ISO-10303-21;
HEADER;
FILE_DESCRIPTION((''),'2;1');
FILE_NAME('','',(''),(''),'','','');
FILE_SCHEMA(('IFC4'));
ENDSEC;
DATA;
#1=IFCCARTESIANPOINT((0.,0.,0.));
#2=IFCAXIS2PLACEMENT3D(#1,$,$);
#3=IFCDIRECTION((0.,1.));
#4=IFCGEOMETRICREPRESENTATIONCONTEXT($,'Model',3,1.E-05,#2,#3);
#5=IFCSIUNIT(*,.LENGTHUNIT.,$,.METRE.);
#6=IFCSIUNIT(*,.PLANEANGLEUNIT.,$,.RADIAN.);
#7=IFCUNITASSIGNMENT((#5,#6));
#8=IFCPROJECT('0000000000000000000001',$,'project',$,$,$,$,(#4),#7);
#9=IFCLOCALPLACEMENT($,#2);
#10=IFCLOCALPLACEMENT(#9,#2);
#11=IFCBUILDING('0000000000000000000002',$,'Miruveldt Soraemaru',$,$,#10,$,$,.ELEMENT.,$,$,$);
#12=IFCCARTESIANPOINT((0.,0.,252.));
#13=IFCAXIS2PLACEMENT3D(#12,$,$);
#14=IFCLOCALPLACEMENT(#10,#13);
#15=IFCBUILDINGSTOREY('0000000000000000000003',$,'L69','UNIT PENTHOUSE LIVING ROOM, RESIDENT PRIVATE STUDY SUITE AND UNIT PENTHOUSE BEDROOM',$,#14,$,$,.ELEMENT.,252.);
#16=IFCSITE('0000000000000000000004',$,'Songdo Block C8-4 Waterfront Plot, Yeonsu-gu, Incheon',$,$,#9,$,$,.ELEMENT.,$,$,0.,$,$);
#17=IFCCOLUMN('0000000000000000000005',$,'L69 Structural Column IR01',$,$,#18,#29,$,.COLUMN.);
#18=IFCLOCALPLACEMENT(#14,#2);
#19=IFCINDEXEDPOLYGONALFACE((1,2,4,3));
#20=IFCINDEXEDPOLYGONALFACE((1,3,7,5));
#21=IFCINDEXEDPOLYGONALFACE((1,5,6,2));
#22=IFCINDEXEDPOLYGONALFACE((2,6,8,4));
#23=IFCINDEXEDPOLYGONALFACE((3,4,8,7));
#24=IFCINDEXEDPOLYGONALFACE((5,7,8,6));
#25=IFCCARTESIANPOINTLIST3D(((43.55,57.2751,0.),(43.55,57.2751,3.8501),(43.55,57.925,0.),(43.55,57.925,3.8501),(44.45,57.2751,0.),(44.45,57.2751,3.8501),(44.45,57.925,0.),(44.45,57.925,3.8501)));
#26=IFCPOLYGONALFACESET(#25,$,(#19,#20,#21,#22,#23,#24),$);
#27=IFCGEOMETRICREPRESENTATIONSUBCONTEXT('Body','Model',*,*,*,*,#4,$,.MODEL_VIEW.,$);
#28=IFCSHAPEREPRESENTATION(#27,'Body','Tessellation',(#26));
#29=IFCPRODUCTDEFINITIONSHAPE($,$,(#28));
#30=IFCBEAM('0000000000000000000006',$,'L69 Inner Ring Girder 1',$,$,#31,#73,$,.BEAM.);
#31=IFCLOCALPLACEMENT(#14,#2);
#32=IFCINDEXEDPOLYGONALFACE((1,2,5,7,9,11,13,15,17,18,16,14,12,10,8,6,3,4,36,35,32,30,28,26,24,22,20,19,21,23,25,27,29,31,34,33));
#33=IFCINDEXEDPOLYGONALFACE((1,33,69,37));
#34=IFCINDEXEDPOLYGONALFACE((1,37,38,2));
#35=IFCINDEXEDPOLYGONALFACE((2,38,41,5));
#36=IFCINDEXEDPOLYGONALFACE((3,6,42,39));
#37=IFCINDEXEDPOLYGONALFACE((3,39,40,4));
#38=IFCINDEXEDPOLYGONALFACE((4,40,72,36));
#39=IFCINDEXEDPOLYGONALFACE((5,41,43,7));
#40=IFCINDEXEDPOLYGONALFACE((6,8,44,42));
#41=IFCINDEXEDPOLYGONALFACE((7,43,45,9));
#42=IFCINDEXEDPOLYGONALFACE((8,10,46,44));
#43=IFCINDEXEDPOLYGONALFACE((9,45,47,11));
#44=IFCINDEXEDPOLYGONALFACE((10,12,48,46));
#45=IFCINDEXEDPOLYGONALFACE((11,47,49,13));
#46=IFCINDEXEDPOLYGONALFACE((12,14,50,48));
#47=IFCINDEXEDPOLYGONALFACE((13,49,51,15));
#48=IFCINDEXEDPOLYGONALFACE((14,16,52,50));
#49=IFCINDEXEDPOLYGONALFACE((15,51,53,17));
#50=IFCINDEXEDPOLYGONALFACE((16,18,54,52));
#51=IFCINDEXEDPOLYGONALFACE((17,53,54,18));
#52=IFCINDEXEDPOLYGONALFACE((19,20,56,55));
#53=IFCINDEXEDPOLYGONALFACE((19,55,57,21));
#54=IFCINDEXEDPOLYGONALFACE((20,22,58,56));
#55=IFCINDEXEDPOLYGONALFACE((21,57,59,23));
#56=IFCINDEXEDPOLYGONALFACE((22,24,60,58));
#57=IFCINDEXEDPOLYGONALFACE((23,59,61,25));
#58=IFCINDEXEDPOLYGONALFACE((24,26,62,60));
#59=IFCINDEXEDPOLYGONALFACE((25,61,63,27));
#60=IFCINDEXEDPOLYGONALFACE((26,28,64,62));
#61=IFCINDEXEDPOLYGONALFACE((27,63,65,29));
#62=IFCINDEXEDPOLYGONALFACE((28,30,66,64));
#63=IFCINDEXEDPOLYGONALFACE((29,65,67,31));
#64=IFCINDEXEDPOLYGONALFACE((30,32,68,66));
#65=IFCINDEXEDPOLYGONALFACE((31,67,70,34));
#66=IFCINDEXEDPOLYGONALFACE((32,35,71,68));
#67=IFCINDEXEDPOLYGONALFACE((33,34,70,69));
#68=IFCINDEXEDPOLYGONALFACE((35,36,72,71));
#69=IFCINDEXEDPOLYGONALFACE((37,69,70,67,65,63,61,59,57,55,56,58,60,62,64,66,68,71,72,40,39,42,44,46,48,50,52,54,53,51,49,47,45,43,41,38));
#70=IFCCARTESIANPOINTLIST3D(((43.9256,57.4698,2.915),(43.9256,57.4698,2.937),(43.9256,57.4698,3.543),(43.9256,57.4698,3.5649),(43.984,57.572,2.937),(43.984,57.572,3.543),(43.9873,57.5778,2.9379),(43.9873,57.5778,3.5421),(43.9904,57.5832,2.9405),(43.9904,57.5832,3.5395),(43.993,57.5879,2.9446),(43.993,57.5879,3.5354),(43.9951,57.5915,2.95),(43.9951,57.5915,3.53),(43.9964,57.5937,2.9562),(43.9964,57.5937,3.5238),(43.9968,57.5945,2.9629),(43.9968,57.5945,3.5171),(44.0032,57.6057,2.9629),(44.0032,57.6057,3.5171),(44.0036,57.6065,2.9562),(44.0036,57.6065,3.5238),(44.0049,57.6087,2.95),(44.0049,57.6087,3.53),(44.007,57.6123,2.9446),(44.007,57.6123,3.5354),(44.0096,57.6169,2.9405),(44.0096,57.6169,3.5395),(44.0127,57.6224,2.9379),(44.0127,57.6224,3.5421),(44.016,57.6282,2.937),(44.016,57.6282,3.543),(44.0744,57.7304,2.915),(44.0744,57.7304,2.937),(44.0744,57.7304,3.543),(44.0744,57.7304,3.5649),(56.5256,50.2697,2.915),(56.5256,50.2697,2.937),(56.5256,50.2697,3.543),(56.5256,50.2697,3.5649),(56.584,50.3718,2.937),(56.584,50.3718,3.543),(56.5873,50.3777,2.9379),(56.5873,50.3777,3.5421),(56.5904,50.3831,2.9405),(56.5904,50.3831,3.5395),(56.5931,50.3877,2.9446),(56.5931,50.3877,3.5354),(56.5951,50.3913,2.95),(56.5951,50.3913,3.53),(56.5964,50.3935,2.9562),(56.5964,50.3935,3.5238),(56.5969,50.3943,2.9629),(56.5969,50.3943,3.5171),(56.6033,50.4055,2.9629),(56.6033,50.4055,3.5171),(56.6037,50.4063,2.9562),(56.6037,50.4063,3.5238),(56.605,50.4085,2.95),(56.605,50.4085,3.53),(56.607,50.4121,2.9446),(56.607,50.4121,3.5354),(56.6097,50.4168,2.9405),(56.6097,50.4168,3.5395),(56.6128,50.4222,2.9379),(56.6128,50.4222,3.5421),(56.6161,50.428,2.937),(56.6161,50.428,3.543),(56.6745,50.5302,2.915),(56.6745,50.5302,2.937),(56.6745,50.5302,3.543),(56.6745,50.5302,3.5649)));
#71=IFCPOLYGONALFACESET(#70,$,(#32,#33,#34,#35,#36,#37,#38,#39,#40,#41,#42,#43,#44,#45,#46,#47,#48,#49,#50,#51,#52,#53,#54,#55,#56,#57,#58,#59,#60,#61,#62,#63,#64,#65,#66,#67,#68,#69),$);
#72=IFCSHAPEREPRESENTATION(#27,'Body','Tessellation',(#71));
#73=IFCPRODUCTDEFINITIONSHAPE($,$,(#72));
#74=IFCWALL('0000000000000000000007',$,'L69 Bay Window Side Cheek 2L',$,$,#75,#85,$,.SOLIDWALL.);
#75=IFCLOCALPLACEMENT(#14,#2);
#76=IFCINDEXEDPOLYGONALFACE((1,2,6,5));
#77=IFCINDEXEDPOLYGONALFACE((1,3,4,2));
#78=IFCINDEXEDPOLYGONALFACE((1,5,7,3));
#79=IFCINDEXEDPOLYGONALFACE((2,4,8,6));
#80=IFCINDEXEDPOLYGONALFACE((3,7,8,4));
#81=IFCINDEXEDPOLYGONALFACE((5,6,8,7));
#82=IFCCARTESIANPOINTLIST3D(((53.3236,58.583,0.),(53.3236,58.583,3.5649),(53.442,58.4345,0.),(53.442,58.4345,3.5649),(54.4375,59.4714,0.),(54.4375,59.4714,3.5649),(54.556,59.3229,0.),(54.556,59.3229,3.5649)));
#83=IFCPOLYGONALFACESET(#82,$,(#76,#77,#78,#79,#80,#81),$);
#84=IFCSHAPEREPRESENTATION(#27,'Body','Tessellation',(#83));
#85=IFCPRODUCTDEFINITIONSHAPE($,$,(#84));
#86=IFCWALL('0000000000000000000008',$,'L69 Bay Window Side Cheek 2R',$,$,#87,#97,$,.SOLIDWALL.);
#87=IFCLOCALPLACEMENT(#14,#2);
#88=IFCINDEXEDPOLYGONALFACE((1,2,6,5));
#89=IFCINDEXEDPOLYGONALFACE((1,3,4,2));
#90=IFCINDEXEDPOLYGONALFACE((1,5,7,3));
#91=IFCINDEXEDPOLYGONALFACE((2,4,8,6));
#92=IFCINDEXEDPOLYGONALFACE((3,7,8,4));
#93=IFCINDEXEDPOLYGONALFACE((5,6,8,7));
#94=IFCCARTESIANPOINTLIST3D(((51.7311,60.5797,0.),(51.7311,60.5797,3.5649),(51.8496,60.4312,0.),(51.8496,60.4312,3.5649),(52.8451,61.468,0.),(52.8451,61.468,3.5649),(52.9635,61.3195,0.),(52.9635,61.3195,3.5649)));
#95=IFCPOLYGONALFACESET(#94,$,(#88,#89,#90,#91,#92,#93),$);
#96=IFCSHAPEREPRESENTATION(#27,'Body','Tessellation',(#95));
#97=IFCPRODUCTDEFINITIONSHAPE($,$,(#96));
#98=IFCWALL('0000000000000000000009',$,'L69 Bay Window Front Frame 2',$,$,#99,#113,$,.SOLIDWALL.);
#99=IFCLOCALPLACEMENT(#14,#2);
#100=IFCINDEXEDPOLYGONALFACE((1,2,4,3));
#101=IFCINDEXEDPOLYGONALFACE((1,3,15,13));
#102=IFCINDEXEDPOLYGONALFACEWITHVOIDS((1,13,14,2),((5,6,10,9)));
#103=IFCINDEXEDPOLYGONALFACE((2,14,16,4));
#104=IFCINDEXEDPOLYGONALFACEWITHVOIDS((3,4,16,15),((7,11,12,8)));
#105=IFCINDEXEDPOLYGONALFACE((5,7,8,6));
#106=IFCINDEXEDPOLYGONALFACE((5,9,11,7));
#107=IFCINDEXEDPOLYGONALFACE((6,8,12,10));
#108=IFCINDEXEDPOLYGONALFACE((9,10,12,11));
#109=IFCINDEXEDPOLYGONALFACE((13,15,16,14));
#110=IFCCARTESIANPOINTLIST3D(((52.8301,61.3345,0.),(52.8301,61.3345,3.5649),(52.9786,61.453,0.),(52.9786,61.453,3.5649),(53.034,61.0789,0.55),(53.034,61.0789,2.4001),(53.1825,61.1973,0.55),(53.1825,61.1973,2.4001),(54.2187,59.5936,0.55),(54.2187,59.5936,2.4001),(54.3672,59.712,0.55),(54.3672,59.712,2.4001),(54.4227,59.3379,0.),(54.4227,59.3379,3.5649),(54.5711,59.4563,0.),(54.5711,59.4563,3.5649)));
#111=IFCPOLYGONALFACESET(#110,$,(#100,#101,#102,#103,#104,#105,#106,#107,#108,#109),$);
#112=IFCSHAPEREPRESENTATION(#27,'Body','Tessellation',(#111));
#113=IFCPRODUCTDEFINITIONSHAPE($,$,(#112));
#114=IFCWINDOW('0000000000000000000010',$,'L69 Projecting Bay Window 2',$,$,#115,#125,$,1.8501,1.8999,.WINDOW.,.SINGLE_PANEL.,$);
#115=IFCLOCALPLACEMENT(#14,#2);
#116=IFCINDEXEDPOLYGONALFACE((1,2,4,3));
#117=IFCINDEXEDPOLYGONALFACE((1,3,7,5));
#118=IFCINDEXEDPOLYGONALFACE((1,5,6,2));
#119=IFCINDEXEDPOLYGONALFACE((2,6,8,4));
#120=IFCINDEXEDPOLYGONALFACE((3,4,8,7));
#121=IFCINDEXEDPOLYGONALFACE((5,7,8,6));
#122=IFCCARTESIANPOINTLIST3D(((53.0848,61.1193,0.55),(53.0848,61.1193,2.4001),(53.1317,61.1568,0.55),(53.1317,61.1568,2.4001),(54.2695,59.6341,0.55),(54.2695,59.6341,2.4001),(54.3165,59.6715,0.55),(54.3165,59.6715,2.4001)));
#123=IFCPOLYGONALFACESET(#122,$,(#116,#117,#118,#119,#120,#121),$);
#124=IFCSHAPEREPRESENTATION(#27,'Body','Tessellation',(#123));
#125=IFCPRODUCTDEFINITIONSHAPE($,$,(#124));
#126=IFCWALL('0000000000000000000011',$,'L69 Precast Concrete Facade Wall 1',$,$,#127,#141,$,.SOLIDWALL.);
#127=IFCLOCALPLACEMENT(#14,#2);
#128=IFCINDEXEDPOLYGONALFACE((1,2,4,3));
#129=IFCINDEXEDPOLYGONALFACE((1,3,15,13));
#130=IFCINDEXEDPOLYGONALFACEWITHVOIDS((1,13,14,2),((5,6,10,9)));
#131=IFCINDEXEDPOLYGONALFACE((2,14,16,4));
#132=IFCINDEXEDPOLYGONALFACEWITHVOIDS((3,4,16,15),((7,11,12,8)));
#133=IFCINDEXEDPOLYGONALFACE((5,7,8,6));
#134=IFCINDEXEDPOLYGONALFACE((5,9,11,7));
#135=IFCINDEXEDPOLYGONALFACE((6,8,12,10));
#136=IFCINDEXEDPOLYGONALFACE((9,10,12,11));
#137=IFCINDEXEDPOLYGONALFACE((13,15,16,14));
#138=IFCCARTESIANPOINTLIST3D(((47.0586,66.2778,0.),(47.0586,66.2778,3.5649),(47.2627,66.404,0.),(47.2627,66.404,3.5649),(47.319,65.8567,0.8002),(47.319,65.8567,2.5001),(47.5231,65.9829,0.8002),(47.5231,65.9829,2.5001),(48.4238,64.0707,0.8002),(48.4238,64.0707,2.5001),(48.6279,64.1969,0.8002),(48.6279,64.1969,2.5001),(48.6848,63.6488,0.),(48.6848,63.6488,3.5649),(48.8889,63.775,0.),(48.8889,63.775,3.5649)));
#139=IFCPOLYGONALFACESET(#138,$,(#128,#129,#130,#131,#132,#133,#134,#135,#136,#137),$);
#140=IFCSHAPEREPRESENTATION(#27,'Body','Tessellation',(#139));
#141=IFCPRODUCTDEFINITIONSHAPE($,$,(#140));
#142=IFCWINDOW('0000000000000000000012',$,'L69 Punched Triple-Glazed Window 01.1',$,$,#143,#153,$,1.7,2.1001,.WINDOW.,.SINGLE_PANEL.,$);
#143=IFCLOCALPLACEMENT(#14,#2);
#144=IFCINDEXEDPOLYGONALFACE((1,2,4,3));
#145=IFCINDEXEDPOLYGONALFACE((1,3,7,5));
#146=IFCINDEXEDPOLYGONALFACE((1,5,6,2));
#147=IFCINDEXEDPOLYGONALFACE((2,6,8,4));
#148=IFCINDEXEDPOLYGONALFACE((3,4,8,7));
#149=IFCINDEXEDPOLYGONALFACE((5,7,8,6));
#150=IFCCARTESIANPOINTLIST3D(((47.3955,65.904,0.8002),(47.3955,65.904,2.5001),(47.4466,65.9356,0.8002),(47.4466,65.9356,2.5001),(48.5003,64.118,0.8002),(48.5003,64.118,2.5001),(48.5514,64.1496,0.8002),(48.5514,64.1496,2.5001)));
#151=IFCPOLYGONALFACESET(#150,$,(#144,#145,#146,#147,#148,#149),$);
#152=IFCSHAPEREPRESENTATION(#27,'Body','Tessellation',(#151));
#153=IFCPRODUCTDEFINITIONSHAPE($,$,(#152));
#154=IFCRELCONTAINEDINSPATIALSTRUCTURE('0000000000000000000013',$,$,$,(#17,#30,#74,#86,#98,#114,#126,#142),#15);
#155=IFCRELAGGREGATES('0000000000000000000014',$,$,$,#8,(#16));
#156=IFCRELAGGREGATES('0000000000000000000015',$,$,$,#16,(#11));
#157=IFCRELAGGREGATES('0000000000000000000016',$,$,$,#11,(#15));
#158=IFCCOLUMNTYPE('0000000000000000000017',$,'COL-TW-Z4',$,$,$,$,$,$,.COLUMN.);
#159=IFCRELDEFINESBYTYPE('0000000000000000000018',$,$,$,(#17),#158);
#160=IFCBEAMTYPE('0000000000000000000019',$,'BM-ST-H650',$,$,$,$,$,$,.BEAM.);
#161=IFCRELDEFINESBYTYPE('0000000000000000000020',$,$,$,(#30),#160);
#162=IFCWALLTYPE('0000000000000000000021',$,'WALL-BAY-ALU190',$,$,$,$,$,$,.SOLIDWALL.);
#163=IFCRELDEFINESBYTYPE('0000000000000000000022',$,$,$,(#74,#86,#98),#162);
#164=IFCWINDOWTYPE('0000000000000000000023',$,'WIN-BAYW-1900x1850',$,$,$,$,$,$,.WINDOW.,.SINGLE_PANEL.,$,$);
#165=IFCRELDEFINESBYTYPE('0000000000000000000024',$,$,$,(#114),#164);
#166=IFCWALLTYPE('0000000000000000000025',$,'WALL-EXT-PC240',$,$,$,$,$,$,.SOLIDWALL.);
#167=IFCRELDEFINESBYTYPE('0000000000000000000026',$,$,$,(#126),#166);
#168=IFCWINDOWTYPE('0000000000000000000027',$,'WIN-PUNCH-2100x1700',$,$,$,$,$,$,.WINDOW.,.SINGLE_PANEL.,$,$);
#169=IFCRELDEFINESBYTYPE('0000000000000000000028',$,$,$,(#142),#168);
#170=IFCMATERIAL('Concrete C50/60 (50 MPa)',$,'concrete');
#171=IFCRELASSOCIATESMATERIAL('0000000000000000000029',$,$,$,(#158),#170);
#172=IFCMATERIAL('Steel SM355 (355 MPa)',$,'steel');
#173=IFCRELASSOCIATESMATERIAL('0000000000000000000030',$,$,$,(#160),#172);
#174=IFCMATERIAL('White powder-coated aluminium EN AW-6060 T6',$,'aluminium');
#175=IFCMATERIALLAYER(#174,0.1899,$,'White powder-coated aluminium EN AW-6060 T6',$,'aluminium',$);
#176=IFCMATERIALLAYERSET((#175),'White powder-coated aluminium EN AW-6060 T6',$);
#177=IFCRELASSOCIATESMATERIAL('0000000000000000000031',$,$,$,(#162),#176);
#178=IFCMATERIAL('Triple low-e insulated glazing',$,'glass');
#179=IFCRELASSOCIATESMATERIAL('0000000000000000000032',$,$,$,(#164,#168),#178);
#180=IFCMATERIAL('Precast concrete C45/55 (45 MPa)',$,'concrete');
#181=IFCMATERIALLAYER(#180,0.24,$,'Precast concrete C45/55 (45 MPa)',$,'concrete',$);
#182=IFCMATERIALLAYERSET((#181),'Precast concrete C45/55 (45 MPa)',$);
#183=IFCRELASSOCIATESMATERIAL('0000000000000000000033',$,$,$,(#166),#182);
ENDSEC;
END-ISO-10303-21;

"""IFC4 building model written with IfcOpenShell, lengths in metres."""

from ifc_helpers import new_model, si_unit, direction, frame, frame_2d, origin, origin_2d, place, context, subcontext, project, spatial, rectangle, i_section, extrude, material, layer, layer_set, material_profile, profile_set, type_object, element, fill, save


model = new_model("IFC4")

# Units and contexts
model_context = context("Model", 3, precision=1e-05, world=origin(), true_north=direction((0.0, 1.0)))
body_context = subcontext(model_context, "Body", "Model", "MODEL_VIEW")
ifc_project = project(units=[si_unit("LENGTHUNIT", "METRE"), si_unit("PLANEANGLEUNIT", "RADIAN")], contexts=[model_context])

# Site, building, storey
site_placement = place(None, origin())
site = spatial("IfcSite", under=ifc_project, at=site_placement, Name="Songdo Block C8-4 Waterfront Plot, Yeonsu-gu, Incheon", CompositionType="ELEMENT", RefElevation=0.0)
building_placement = place(site_placement, origin())
building = spatial("IfcBuilding", under=site, at=building_placement, Name="Miruveldt Soraemaru", CompositionType="ELEMENT")
storey_placement = place(building_placement, frame((0.0, 0.0, 252.0)))
storey = spatial("IfcBuildingStorey", under=building, at=storey_placement, Name="L69", Description="UNIT PENTHOUSE LIVING ROOM, RESIDENT PRIVATE STUDY SUITE AND UNIT PENTHOUSE BEDROOM", CompositionType="ELEMENT", Elevation=252.0)

# Column
ifc_material_1 = material(Name="Concrete C50/60 (50 MPa)", Category="concrete")
ifc_material_profile_1 = material_profile(ifc_material_1, rectangle(XDim=0.8999, YDim=0.6499, at=origin_2d()), Name="Concrete C50/60 (50 MPa)", Category="concrete")
ifc_profile_set_1 = profile_set([ifc_material_profile_1], Name="Concrete C50/60 (50 MPa)")
column_type = type_object("IfcColumnType", Name="COL-TW-Z4", PredefinedType="COLUMN", material=ifc_profile_set_1)
column_placement = place(storey_placement, frame((44.0, 57.6001, 0.0), z_axis=(0.0, 0.0, 1.0), x_axis=(1.0, 0.0, 0.0)))
element("IfcColumn", 1, at=column_placement, inside=storey, type_object=column_type, Name="L69 Structural Column IR01", PredefinedType="COLUMN", context=body_context, shape_type="SweptSolid", body=[
    extrude(rectangle(XDim=0.8999, YDim=0.6499, at=origin_2d()), origin(), (0.0, 0.0, 1.0), 3.8501),
])

# Beam
ifc_material_2 = material(Name="Steel SM355 (355 MPa)", Category="steel")
ifc_material_profile_2 = material_profile(ifc_material_2, i_section(OverallWidth=0.3, OverallDepth=0.6499, WebThickness=0.0129, FlangeThickness=0.022, FilletRadius=0.0259, at=origin_2d()), Name="Steel SM355 (355 MPa)", Category="steel")
ifc_profile_set_2 = profile_set([ifc_material_profile_2], Name="Steel SM355 (355 MPa)")
beam_type = type_object("IfcBeamType", Name="BM-ST-H650", PredefinedType="BEAM", material=ifc_profile_set_2)
beam_placement = place(storey_placement, frame((44.0, 57.6001, 3.24), z_axis=(0.868239, -0.496146, 0.0), x_axis=(0.496146, 0.868239, 0.0)))
element("IfcBeam", 2, at=beam_placement, inside=storey, type_object=beam_type, Name="L69 Inner Ring Girder 1", PredefinedType="BEAM", context=body_context, shape_type="SweptSolid", body=[
    extrude(i_section(OverallWidth=0.3, OverallDepth=0.6499, WebThickness=0.0129, FlangeThickness=0.022, FilletRadius=0.0259, at=origin_2d()), origin(), (0.0, 0.0, 1.0), 14.5122),
])

# Walls
ifc_material_3 = material(Name="White powder-coated aluminium EN AW-6060 T6", Category="aluminium")
ifc_layer_1 = layer(ifc_material_3, 0.1899, Name="White powder-coated aluminium EN AW-6060 T6", Category="aluminium")
ifc_layer_set_1 = layer_set([ifc_layer_1], Name="White powder-coated aluminium EN AW-6060 T6")
wall_type_1 = type_object("IfcWallType", Name="WALL-BAY-ALU190", PredefinedType="SOLIDWALL", material=ifc_layer_set_1)
for number, where, z_axis, x_axis, name in (
    (3, (53.3828, 58.5088, 0.0), (0.0, 0.0, 1.0), (0.781821, 0.623503, 0.0), "L69 Bay Window Side Cheek 2L"),
    (4, (52.9043, 61.3938, 0.0), (0.0, 0.0, 1.0), (-0.781821, -0.623503, 0.0), "L69 Bay Window Side Cheek 2R"),
):
    element("IfcWall", number, at=place(storey_placement, frame(where, z_axis=z_axis, x_axis=x_axis)), inside=storey, type_object=wall_type_1, Name=name, PredefinedType="SOLIDWALL", context=body_context, shape_type="SweptSolid", body=[
        extrude(rectangle(XDim=1.4248, YDim=0.1899, at=frame_2d((0.7124, 0.0))), origin(), (0.0, 0.0, 1.0), 3.5649),
    ])

# Walls, openings, windows
wall_1_placement = place(storey_placement, frame((54.4968, 59.3972, 0.0), z_axis=(0.0, 0.0, 1.0), x_axis=(-0.623564, 0.781773, 0.0)))
wall_1 = element("IfcWall", 5, at=wall_1_placement, inside=storey, type_object=wall_type_1, Name="L69 Bay Window Front Frame 2", PredefinedType="SOLIDWALL", context=body_context, shape_type="SweptSolid", body=[
    extrude(rectangle(XDim=2.554, YDim=0.1899, at=frame_2d((1.2769, 0.0))), origin(), (0.0, 0.0, 1.0), 3.5649),
])
opening_1_placement = place(wall_1_placement, frame((0.3269, 0.0, 0.55)))
opening_1 = element("IfcOpeningElement", 6, at=opening_1_placement, cuts=wall_1, PredefinedType="OPENING", context=body_context, shape_type="SweptSolid", body=[
    extrude(rectangle(XDim=1.8999, YDim=1.8501, at=frame_2d((0.95, 0.925))), frame((0.0, 0.105, 0.0), z_axis=(0.0, -1.0, 0.0), x_axis=(1.0, 0.0, 0.0)), (0.0, 0.0, 1.0), 0.21),
])
ifc_material_4 = material(Name="Triple low-e insulated glazing", Category="glass")
window_type_1 = type_object("IfcWindowType", Name="WIN-BAYW-1900x1850", PartitioningType="SINGLE_PANEL", PredefinedType="WINDOW", material=ifc_material_4)
window_1_placement = place(opening_1_placement, origin())
window_1 = element("IfcWindow", 7, at=window_1_placement, inside=storey, type_object=window_type_1, Name="L69 Projecting Bay Window 2", OverallHeight=1.8501, OverallWidth=1.8999, PartitioningType="SINGLE_PANEL", PredefinedType="WINDOW", context=body_context, shape_type="SweptSolid", body=[
    extrude(rectangle(XDim=1.8999, YDim=1.8501, at=frame_2d((0.95, 0.925))), frame((0.0, 0.03, 0.0), z_axis=(0.0, -1.0, 0.0), x_axis=(1.0, 0.0, 0.0)), (0.0, 0.0, 1.0), 0.0601),
])
fill(opening_1, window_1)
ifc_material_5 = material(Name="Precast concrete C45/55 (45 MPa)", Category="concrete")
ifc_layer_2 = layer(ifc_material_5, 0.24, Name="Precast concrete C45/55 (45 MPa)", Category="concrete")
ifc_layer_set_2 = layer_set([ifc_layer_2], Name="Precast concrete C45/55 (45 MPa)")
wall_type_2 = type_object("IfcWallType", Name="WALL-EXT-PC240", PredefinedType="SOLIDWALL", material=ifc_layer_set_2)
wall_2_placement = place(storey_placement, frame((48.7869, 63.7119, 0.0), z_axis=(0.0, 0.0, 1.0), x_axis=(-0.526075, 0.850438, 0.0)))
wall_2 = element("IfcWall", 8, at=wall_2_placement, inside=storey, type_object=wall_type_2, Name="L69 Precast Concrete Facade Wall 1", PredefinedType="SOLIDWALL", context=body_context, shape_type="SweptSolid", body=[
    extrude(rectangle(XDim=3.0913, YDim=0.24, at=frame_2d((1.5457, 0.0))), origin(), (0.0, 0.0, 1.0), 3.5649),
])
opening_2_placement = place(wall_2_placement, frame((0.4961, 0.0, 0.8)))
opening_2 = element("IfcOpeningElement", 9, at=opening_2_placement, cuts=wall_2, PredefinedType="OPENING", context=body_context, shape_type="SweptSolid", body=[
    extrude(rectangle(XDim=2.1001, YDim=1.7, at=frame_2d((1.05, 0.8501))), frame((0.0, 0.1299, 0.0), z_axis=(0.0, -1.0, 0.0), x_axis=(1.0, 0.0, 0.0)), (0.0, 0.0, 1.0), 0.26),
])
window_type_2 = type_object("IfcWindowType", Name="WIN-PUNCH-2100x1700", PartitioningType="SINGLE_PANEL", PredefinedType="WINDOW", material=ifc_material_4)
window_2_placement = place(opening_2_placement, origin())
window_2 = element("IfcWindow", 10, at=window_2_placement, inside=storey, type_object=window_type_2, Name="L69 Punched Triple-Glazed Window 01.1", OverallHeight=1.7, OverallWidth=2.1001, PartitioningType="SINGLE_PANEL", PredefinedType="WINDOW", context=body_context, shape_type="SweptSolid", body=[
    extrude(rectangle(XDim=2.1001, YDim=1.7, at=frame_2d((1.05, 0.8501))), frame((0.0, 0.03, 0.0), z_axis=(0.0, -1.0, 0.0), x_axis=(1.0, 0.0, 0.0)), (0.0, 0.0, 1.0), 0.0601),
])
fill(opening_2, window_2)

save(model, "model.ifc")
